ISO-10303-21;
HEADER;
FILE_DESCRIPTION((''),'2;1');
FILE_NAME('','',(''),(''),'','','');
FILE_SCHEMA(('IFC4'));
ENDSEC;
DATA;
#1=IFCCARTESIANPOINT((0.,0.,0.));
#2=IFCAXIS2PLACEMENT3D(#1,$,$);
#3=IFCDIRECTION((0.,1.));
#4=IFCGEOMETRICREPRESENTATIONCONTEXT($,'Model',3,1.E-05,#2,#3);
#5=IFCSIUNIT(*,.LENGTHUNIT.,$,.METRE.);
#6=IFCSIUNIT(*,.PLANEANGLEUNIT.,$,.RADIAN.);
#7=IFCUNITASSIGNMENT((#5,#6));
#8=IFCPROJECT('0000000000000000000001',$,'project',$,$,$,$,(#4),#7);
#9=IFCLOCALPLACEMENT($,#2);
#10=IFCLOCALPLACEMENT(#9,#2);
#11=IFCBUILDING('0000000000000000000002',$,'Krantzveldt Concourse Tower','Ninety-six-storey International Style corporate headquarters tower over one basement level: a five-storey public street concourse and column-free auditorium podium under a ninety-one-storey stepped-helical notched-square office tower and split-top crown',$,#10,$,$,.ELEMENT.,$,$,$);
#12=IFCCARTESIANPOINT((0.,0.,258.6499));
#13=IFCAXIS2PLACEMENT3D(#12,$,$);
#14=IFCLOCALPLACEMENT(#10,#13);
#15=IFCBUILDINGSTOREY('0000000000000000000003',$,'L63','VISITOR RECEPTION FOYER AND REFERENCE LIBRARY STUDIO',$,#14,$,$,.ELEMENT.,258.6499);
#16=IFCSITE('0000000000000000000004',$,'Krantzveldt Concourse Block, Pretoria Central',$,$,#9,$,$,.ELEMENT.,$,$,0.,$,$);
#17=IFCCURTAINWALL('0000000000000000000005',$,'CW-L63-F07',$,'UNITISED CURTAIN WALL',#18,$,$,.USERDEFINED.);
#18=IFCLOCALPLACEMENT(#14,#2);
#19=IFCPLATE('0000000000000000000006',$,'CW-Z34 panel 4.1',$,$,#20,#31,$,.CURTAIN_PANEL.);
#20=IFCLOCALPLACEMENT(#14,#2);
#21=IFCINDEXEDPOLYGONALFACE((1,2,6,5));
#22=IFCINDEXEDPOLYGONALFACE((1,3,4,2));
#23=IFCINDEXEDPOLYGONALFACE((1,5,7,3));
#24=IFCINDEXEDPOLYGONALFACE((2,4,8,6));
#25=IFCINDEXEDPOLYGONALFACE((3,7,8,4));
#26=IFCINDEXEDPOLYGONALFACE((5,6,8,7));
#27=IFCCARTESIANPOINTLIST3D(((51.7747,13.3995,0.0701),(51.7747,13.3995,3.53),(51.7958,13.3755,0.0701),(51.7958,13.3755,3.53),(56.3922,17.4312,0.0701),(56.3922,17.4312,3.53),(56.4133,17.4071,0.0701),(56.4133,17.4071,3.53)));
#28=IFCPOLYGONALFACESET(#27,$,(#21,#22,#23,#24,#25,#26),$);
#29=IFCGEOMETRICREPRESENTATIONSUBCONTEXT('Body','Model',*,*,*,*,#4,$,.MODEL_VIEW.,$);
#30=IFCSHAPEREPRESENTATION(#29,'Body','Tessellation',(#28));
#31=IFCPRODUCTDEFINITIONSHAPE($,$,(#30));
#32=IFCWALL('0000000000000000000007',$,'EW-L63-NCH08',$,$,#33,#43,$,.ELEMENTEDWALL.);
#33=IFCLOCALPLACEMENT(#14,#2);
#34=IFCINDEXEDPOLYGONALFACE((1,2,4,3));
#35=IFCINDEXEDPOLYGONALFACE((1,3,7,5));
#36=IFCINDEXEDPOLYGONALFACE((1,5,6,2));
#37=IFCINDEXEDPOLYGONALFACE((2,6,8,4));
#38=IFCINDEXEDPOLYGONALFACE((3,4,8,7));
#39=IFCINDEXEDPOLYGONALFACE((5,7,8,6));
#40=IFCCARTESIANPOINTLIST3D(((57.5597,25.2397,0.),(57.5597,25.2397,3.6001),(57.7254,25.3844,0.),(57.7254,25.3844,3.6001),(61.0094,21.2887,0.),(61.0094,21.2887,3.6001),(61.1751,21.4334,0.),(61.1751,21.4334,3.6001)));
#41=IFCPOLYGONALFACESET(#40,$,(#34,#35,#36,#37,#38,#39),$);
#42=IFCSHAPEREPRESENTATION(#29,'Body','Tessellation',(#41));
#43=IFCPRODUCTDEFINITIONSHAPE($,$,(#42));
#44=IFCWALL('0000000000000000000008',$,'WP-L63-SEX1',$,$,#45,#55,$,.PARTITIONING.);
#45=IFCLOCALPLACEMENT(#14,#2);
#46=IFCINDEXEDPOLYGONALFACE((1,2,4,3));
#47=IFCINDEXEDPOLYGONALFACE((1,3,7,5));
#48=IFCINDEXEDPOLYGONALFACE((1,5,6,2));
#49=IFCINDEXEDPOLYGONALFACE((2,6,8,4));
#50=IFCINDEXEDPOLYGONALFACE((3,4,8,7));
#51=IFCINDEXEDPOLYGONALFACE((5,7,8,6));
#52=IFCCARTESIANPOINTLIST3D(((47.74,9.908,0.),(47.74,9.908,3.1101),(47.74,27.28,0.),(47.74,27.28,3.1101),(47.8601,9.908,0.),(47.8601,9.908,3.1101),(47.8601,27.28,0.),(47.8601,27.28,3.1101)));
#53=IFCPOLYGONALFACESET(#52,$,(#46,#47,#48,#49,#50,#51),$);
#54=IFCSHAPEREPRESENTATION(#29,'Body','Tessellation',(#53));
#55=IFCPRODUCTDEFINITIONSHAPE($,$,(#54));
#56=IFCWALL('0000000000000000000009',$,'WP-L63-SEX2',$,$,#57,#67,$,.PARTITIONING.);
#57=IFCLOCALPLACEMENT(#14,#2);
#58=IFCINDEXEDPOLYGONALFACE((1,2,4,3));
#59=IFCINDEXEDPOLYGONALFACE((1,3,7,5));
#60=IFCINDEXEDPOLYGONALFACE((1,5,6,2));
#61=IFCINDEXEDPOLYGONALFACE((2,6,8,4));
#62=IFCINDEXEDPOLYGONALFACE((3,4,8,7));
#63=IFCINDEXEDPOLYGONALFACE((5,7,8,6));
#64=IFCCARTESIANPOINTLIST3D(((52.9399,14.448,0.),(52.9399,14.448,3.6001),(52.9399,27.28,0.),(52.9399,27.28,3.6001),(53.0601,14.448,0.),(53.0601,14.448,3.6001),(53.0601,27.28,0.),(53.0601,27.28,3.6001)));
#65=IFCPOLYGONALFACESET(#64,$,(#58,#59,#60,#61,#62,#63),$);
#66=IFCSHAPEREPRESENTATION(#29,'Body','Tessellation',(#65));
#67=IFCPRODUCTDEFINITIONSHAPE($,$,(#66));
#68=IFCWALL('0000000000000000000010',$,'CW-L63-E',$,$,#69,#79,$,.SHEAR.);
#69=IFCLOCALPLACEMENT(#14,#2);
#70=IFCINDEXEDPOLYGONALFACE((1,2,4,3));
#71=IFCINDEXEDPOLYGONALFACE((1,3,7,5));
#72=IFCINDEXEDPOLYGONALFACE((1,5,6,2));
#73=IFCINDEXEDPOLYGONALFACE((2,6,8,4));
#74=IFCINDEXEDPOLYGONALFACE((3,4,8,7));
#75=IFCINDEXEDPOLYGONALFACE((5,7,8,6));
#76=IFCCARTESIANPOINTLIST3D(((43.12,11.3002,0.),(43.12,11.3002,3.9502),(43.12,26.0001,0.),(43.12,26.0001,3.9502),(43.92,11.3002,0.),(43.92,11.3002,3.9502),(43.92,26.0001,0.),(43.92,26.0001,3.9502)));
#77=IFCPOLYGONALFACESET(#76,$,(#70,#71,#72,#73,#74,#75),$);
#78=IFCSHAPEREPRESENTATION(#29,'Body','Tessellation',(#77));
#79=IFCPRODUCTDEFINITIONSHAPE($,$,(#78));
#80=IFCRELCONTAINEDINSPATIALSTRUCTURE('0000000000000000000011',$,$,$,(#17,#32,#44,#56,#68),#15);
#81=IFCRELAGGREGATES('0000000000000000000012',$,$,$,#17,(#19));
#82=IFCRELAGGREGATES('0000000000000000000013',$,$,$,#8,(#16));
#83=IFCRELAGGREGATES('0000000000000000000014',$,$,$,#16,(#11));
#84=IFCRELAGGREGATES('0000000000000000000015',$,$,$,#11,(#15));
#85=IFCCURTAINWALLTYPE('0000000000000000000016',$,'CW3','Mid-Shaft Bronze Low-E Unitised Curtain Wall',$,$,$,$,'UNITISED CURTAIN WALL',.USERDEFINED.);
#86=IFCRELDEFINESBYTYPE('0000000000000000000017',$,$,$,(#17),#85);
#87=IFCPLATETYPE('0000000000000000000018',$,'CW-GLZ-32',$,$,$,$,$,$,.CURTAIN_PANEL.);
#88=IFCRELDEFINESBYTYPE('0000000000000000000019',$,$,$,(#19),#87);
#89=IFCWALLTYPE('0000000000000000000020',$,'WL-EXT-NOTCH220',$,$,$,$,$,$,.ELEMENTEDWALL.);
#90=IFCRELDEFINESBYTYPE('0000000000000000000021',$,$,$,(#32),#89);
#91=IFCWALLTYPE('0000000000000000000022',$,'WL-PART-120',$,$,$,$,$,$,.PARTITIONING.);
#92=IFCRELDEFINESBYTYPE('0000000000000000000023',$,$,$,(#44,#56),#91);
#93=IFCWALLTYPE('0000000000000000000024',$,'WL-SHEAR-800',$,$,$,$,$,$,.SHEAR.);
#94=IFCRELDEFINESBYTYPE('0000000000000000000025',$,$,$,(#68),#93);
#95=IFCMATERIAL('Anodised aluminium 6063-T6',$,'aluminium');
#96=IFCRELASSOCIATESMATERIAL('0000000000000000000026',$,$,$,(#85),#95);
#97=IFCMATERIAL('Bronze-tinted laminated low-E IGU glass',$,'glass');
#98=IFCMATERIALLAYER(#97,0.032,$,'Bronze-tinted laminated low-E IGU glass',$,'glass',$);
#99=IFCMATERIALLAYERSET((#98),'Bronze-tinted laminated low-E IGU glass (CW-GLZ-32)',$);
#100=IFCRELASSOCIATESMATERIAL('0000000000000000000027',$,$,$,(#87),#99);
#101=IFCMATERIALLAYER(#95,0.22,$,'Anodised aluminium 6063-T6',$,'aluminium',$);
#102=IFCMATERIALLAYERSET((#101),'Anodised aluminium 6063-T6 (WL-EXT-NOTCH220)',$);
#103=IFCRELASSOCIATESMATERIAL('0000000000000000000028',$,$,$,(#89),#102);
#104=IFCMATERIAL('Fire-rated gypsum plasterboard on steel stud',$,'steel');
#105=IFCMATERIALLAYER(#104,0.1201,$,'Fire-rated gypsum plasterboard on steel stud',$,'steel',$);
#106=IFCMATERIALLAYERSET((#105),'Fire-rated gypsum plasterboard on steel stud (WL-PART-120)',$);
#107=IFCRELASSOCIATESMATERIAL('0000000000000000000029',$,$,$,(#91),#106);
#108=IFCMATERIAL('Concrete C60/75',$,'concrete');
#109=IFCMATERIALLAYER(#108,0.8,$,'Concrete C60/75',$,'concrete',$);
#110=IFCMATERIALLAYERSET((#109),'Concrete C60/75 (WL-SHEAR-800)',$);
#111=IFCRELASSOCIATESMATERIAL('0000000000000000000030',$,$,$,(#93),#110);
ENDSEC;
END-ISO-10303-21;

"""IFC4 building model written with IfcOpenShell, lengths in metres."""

from ifc_helpers import new_model, si_unit, direction, frame, frame_2d, origin, origin_2d, place, context, subcontext, project, spatial, rectangle, extrude, source, transform, mapped, material, layer, layer_set, type_object, element, aggregate, save


model = new_model("IFC4")

# Units and contexts
model_context = context("Model", 3, precision=1e-05, world=origin(), true_north=direction((0.0, 1.0)))
body_context = subcontext(model_context, "Body", "Model", "MODEL_VIEW")
ifc_project = project(units=[si_unit("LENGTHUNIT", "METRE"), si_unit("PLANEANGLEUNIT", "RADIAN")], contexts=[model_context])

# Site, building, storey
site_placement = place(None, origin())
site = spatial("IfcSite", under=ifc_project, at=site_placement, Name="Krantzveldt Concourse Block, Pretoria Central", CompositionType="ELEMENT", RefElevation=0.0)
building_placement = place(site_placement, origin())
building = spatial("IfcBuilding", under=site, at=building_placement, Name="Krantzveldt Concourse Tower", Description="Ninety-six-storey International Style corporate headquarters tower over one basement level: a five-storey public street concourse and column-free auditorium podium under a ninety-one-storey stepped-helical notched-square office tower and split-top crown", CompositionType="ELEMENT")
storey_placement = place(building_placement, frame((0.0, 0.0, 258.6499)))
storey = spatial("IfcBuildingStorey", under=building, at=storey_placement, Name="L63", Description="VISITOR RECEPTION FOYER AND REFERENCE LIBRARY STUDIO", CompositionType="ELEMENT", Elevation=258.6499)

# Curtain wall, plate
ifc_material_1 = material(Name="Anodised aluminium 6063-T6", Category="aluminium")
curtain_wall_type = type_object("IfcCurtainWallType", Name="CW3", Description="Mid-Shaft Bronze Low-E Unitised Curtain Wall", ElementType="UNITISED CURTAIN WALL", PredefinedType="USERDEFINED", material=ifc_material_1)
curtain_wall_placement = place(storey_placement, origin())
curtain_wall = element("IfcCurtainWall", 1, at=curtain_wall_placement, inside=storey, type_object=curtain_wall_type, Name="CW-L63-F07", ObjectType="UNITISED CURTAIN WALL", PredefinedType="USERDEFINED")
ifc_material_2 = material(Name="Bronze-tinted laminated low-E IGU glass", Category="glass")
ifc_layer_1 = layer(ifc_material_2, 0.032, Name="Bronze-tinted laminated low-E IGU glass", Category="glass")
ifc_layer_set_1 = layer_set([ifc_layer_1], Name="Bronze-tinted laminated low-E IGU glass (CW-GLZ-32)")
plate_type = type_object("IfcPlateType", Name="CW-GLZ-32", PredefinedType="CURTAIN_PANEL", material=ifc_layer_set_1)
shared_shape_1 = source(origin(), body_context, "Body", "SweptSolid", [
    extrude(rectangle(XDim=6.1299, YDim=0.032, at=origin_2d()), origin(), (0.0, 0.0, 1.0), 3.46),
])
plate_1_placement = place(storey_placement, frame((54.094, 15.4033, 0.0701), z_axis=(0.0, 0.0, 1.0), x_axis=(0.753277, 0.657704, 0.0)))
plate_1 = element("IfcPlate", 2, at=plate_1_placement, type_object=plate_type, Name="CW-Z34 panel 4.1", PredefinedType="CURTAIN_PANEL", context=body_context, shape_type="MappedRepresentation", body=[
    mapped(shared_shape_1, transform((0.0, 0.0, 0.0), x_axis=(1.0, 0.0, 0.0), y_axis=(0.0, 1.0, 0.0), z_axis=(0.0, 0.0, 1.0), scale=1.0)),
])
aggregate(curtain_wall, [plate_1])

# Walls
ifc_layer_2 = layer(ifc_material_1, 0.22, Name="Anodised aluminium 6063-T6", Category="aluminium")
ifc_layer_set_2 = layer_set([ifc_layer_2], Name="Anodised aluminium 6063-T6 (WL-EXT-NOTCH220)")
wall_type_1 = type_object("IfcWallType", Name="WL-EXT-NOTCH220", PredefinedType="ELEMENTEDWALL", material=ifc_layer_set_2)
wall_1_placement = place(storey_placement, frame((61.0923, 21.3611, 0.0), z_axis=(0.0, 0.0, 1.0), x_axis=(-0.65771, 0.753271, 0.0)))
element("IfcWall", 3, at=wall_1_placement, inside=storey, type_object=wall_type_1, Name="EW-L63-NCH08", PredefinedType="ELEMENTEDWALL", context=body_context, shape_type="SweptSolid", body=[
    extrude(rectangle(XDim=5.2451, YDim=0.22, at=frame_2d((2.6226, 0.0))), origin(), (0.0, 0.0, 1.0), 3.6001),
])
ifc_material_3 = material(Name="Fire-rated gypsum plasterboard on steel stud", Category="steel")
ifc_layer_3 = layer(ifc_material_3, 0.1201, Name="Fire-rated gypsum plasterboard on steel stud", Category="steel")
ifc_layer_set_3 = layer_set([ifc_layer_3], Name="Fire-rated gypsum plasterboard on steel stud (WL-PART-120)")
wall_type_2 = type_object("IfcWallType", Name="WL-PART-120", PredefinedType="PARTITIONING", material=ifc_layer_set_3)
wall_2_placement = place(storey_placement, frame((47.8, 9.908, 0.0), z_axis=(0.0, 0.0, 1.0), x_axis=(0.0, 1.0, 0.0)))
element("IfcWall", 4, at=wall_2_placement, inside=storey, type_object=wall_type_2, Name="WP-L63-SEX1", PredefinedType="PARTITIONING", context=body_context, shape_type="SweptSolid", body=[
    extrude(rectangle(XDim=17.3721, YDim=0.1201, at=frame_2d((8.686, 0.0))), origin(), (0.0, 0.0, 1.0), 3.1101),
])
wall_3_placement = place(storey_placement, frame((53.0, 14.448, 0.0), z_axis=(0.0, 0.0, 1.0), x_axis=(0.0, 1.0, 0.0)))
element("IfcWall", 5, at=wall_3_placement, inside=storey, type_object=wall_type_2, Name="WP-L63-SEX2", PredefinedType="PARTITIONING", context=body_context, shape_type="SweptSolid", body=[
    extrude(rectangle(XDim=12.832, YDim=0.1201, at=frame_2d((6.416, 0.0))), origin(), (0.0, 0.0, 1.0), 3.6001),
])
ifc_material_4 = material(Name="Concrete C60/75", Category="concrete")
ifc_layer_4 = layer(ifc_material_4, 0.8, Name="Concrete C60/75", Category="concrete")
ifc_layer_set_4 = layer_set([ifc_layer_4], Name="Concrete C60/75 (WL-SHEAR-800)")
wall_type_3 = type_object("IfcWallType", Name="WL-SHEAR-800", PredefinedType="SHEAR", material=ifc_layer_set_4)
wall_4_placement = place(storey_placement, frame((43.52, 11.3, 0.0), z_axis=(0.0, 0.0, 1.0), x_axis=(0.0, 1.0, 0.0)))
element("IfcWall", 6, at=wall_4_placement, inside=storey, type_object=wall_type_3, Name="CW-L63-E", PredefinedType="SHEAR", context=body_context, shape_type="SweptSolid", body=[
    extrude(rectangle(XDim=14.7, YDim=0.8, at=frame_2d((7.3501, 0.0))), origin(), (0.0, 0.0, 1.0), 3.9502),
])

save(model, "model.ifc")
